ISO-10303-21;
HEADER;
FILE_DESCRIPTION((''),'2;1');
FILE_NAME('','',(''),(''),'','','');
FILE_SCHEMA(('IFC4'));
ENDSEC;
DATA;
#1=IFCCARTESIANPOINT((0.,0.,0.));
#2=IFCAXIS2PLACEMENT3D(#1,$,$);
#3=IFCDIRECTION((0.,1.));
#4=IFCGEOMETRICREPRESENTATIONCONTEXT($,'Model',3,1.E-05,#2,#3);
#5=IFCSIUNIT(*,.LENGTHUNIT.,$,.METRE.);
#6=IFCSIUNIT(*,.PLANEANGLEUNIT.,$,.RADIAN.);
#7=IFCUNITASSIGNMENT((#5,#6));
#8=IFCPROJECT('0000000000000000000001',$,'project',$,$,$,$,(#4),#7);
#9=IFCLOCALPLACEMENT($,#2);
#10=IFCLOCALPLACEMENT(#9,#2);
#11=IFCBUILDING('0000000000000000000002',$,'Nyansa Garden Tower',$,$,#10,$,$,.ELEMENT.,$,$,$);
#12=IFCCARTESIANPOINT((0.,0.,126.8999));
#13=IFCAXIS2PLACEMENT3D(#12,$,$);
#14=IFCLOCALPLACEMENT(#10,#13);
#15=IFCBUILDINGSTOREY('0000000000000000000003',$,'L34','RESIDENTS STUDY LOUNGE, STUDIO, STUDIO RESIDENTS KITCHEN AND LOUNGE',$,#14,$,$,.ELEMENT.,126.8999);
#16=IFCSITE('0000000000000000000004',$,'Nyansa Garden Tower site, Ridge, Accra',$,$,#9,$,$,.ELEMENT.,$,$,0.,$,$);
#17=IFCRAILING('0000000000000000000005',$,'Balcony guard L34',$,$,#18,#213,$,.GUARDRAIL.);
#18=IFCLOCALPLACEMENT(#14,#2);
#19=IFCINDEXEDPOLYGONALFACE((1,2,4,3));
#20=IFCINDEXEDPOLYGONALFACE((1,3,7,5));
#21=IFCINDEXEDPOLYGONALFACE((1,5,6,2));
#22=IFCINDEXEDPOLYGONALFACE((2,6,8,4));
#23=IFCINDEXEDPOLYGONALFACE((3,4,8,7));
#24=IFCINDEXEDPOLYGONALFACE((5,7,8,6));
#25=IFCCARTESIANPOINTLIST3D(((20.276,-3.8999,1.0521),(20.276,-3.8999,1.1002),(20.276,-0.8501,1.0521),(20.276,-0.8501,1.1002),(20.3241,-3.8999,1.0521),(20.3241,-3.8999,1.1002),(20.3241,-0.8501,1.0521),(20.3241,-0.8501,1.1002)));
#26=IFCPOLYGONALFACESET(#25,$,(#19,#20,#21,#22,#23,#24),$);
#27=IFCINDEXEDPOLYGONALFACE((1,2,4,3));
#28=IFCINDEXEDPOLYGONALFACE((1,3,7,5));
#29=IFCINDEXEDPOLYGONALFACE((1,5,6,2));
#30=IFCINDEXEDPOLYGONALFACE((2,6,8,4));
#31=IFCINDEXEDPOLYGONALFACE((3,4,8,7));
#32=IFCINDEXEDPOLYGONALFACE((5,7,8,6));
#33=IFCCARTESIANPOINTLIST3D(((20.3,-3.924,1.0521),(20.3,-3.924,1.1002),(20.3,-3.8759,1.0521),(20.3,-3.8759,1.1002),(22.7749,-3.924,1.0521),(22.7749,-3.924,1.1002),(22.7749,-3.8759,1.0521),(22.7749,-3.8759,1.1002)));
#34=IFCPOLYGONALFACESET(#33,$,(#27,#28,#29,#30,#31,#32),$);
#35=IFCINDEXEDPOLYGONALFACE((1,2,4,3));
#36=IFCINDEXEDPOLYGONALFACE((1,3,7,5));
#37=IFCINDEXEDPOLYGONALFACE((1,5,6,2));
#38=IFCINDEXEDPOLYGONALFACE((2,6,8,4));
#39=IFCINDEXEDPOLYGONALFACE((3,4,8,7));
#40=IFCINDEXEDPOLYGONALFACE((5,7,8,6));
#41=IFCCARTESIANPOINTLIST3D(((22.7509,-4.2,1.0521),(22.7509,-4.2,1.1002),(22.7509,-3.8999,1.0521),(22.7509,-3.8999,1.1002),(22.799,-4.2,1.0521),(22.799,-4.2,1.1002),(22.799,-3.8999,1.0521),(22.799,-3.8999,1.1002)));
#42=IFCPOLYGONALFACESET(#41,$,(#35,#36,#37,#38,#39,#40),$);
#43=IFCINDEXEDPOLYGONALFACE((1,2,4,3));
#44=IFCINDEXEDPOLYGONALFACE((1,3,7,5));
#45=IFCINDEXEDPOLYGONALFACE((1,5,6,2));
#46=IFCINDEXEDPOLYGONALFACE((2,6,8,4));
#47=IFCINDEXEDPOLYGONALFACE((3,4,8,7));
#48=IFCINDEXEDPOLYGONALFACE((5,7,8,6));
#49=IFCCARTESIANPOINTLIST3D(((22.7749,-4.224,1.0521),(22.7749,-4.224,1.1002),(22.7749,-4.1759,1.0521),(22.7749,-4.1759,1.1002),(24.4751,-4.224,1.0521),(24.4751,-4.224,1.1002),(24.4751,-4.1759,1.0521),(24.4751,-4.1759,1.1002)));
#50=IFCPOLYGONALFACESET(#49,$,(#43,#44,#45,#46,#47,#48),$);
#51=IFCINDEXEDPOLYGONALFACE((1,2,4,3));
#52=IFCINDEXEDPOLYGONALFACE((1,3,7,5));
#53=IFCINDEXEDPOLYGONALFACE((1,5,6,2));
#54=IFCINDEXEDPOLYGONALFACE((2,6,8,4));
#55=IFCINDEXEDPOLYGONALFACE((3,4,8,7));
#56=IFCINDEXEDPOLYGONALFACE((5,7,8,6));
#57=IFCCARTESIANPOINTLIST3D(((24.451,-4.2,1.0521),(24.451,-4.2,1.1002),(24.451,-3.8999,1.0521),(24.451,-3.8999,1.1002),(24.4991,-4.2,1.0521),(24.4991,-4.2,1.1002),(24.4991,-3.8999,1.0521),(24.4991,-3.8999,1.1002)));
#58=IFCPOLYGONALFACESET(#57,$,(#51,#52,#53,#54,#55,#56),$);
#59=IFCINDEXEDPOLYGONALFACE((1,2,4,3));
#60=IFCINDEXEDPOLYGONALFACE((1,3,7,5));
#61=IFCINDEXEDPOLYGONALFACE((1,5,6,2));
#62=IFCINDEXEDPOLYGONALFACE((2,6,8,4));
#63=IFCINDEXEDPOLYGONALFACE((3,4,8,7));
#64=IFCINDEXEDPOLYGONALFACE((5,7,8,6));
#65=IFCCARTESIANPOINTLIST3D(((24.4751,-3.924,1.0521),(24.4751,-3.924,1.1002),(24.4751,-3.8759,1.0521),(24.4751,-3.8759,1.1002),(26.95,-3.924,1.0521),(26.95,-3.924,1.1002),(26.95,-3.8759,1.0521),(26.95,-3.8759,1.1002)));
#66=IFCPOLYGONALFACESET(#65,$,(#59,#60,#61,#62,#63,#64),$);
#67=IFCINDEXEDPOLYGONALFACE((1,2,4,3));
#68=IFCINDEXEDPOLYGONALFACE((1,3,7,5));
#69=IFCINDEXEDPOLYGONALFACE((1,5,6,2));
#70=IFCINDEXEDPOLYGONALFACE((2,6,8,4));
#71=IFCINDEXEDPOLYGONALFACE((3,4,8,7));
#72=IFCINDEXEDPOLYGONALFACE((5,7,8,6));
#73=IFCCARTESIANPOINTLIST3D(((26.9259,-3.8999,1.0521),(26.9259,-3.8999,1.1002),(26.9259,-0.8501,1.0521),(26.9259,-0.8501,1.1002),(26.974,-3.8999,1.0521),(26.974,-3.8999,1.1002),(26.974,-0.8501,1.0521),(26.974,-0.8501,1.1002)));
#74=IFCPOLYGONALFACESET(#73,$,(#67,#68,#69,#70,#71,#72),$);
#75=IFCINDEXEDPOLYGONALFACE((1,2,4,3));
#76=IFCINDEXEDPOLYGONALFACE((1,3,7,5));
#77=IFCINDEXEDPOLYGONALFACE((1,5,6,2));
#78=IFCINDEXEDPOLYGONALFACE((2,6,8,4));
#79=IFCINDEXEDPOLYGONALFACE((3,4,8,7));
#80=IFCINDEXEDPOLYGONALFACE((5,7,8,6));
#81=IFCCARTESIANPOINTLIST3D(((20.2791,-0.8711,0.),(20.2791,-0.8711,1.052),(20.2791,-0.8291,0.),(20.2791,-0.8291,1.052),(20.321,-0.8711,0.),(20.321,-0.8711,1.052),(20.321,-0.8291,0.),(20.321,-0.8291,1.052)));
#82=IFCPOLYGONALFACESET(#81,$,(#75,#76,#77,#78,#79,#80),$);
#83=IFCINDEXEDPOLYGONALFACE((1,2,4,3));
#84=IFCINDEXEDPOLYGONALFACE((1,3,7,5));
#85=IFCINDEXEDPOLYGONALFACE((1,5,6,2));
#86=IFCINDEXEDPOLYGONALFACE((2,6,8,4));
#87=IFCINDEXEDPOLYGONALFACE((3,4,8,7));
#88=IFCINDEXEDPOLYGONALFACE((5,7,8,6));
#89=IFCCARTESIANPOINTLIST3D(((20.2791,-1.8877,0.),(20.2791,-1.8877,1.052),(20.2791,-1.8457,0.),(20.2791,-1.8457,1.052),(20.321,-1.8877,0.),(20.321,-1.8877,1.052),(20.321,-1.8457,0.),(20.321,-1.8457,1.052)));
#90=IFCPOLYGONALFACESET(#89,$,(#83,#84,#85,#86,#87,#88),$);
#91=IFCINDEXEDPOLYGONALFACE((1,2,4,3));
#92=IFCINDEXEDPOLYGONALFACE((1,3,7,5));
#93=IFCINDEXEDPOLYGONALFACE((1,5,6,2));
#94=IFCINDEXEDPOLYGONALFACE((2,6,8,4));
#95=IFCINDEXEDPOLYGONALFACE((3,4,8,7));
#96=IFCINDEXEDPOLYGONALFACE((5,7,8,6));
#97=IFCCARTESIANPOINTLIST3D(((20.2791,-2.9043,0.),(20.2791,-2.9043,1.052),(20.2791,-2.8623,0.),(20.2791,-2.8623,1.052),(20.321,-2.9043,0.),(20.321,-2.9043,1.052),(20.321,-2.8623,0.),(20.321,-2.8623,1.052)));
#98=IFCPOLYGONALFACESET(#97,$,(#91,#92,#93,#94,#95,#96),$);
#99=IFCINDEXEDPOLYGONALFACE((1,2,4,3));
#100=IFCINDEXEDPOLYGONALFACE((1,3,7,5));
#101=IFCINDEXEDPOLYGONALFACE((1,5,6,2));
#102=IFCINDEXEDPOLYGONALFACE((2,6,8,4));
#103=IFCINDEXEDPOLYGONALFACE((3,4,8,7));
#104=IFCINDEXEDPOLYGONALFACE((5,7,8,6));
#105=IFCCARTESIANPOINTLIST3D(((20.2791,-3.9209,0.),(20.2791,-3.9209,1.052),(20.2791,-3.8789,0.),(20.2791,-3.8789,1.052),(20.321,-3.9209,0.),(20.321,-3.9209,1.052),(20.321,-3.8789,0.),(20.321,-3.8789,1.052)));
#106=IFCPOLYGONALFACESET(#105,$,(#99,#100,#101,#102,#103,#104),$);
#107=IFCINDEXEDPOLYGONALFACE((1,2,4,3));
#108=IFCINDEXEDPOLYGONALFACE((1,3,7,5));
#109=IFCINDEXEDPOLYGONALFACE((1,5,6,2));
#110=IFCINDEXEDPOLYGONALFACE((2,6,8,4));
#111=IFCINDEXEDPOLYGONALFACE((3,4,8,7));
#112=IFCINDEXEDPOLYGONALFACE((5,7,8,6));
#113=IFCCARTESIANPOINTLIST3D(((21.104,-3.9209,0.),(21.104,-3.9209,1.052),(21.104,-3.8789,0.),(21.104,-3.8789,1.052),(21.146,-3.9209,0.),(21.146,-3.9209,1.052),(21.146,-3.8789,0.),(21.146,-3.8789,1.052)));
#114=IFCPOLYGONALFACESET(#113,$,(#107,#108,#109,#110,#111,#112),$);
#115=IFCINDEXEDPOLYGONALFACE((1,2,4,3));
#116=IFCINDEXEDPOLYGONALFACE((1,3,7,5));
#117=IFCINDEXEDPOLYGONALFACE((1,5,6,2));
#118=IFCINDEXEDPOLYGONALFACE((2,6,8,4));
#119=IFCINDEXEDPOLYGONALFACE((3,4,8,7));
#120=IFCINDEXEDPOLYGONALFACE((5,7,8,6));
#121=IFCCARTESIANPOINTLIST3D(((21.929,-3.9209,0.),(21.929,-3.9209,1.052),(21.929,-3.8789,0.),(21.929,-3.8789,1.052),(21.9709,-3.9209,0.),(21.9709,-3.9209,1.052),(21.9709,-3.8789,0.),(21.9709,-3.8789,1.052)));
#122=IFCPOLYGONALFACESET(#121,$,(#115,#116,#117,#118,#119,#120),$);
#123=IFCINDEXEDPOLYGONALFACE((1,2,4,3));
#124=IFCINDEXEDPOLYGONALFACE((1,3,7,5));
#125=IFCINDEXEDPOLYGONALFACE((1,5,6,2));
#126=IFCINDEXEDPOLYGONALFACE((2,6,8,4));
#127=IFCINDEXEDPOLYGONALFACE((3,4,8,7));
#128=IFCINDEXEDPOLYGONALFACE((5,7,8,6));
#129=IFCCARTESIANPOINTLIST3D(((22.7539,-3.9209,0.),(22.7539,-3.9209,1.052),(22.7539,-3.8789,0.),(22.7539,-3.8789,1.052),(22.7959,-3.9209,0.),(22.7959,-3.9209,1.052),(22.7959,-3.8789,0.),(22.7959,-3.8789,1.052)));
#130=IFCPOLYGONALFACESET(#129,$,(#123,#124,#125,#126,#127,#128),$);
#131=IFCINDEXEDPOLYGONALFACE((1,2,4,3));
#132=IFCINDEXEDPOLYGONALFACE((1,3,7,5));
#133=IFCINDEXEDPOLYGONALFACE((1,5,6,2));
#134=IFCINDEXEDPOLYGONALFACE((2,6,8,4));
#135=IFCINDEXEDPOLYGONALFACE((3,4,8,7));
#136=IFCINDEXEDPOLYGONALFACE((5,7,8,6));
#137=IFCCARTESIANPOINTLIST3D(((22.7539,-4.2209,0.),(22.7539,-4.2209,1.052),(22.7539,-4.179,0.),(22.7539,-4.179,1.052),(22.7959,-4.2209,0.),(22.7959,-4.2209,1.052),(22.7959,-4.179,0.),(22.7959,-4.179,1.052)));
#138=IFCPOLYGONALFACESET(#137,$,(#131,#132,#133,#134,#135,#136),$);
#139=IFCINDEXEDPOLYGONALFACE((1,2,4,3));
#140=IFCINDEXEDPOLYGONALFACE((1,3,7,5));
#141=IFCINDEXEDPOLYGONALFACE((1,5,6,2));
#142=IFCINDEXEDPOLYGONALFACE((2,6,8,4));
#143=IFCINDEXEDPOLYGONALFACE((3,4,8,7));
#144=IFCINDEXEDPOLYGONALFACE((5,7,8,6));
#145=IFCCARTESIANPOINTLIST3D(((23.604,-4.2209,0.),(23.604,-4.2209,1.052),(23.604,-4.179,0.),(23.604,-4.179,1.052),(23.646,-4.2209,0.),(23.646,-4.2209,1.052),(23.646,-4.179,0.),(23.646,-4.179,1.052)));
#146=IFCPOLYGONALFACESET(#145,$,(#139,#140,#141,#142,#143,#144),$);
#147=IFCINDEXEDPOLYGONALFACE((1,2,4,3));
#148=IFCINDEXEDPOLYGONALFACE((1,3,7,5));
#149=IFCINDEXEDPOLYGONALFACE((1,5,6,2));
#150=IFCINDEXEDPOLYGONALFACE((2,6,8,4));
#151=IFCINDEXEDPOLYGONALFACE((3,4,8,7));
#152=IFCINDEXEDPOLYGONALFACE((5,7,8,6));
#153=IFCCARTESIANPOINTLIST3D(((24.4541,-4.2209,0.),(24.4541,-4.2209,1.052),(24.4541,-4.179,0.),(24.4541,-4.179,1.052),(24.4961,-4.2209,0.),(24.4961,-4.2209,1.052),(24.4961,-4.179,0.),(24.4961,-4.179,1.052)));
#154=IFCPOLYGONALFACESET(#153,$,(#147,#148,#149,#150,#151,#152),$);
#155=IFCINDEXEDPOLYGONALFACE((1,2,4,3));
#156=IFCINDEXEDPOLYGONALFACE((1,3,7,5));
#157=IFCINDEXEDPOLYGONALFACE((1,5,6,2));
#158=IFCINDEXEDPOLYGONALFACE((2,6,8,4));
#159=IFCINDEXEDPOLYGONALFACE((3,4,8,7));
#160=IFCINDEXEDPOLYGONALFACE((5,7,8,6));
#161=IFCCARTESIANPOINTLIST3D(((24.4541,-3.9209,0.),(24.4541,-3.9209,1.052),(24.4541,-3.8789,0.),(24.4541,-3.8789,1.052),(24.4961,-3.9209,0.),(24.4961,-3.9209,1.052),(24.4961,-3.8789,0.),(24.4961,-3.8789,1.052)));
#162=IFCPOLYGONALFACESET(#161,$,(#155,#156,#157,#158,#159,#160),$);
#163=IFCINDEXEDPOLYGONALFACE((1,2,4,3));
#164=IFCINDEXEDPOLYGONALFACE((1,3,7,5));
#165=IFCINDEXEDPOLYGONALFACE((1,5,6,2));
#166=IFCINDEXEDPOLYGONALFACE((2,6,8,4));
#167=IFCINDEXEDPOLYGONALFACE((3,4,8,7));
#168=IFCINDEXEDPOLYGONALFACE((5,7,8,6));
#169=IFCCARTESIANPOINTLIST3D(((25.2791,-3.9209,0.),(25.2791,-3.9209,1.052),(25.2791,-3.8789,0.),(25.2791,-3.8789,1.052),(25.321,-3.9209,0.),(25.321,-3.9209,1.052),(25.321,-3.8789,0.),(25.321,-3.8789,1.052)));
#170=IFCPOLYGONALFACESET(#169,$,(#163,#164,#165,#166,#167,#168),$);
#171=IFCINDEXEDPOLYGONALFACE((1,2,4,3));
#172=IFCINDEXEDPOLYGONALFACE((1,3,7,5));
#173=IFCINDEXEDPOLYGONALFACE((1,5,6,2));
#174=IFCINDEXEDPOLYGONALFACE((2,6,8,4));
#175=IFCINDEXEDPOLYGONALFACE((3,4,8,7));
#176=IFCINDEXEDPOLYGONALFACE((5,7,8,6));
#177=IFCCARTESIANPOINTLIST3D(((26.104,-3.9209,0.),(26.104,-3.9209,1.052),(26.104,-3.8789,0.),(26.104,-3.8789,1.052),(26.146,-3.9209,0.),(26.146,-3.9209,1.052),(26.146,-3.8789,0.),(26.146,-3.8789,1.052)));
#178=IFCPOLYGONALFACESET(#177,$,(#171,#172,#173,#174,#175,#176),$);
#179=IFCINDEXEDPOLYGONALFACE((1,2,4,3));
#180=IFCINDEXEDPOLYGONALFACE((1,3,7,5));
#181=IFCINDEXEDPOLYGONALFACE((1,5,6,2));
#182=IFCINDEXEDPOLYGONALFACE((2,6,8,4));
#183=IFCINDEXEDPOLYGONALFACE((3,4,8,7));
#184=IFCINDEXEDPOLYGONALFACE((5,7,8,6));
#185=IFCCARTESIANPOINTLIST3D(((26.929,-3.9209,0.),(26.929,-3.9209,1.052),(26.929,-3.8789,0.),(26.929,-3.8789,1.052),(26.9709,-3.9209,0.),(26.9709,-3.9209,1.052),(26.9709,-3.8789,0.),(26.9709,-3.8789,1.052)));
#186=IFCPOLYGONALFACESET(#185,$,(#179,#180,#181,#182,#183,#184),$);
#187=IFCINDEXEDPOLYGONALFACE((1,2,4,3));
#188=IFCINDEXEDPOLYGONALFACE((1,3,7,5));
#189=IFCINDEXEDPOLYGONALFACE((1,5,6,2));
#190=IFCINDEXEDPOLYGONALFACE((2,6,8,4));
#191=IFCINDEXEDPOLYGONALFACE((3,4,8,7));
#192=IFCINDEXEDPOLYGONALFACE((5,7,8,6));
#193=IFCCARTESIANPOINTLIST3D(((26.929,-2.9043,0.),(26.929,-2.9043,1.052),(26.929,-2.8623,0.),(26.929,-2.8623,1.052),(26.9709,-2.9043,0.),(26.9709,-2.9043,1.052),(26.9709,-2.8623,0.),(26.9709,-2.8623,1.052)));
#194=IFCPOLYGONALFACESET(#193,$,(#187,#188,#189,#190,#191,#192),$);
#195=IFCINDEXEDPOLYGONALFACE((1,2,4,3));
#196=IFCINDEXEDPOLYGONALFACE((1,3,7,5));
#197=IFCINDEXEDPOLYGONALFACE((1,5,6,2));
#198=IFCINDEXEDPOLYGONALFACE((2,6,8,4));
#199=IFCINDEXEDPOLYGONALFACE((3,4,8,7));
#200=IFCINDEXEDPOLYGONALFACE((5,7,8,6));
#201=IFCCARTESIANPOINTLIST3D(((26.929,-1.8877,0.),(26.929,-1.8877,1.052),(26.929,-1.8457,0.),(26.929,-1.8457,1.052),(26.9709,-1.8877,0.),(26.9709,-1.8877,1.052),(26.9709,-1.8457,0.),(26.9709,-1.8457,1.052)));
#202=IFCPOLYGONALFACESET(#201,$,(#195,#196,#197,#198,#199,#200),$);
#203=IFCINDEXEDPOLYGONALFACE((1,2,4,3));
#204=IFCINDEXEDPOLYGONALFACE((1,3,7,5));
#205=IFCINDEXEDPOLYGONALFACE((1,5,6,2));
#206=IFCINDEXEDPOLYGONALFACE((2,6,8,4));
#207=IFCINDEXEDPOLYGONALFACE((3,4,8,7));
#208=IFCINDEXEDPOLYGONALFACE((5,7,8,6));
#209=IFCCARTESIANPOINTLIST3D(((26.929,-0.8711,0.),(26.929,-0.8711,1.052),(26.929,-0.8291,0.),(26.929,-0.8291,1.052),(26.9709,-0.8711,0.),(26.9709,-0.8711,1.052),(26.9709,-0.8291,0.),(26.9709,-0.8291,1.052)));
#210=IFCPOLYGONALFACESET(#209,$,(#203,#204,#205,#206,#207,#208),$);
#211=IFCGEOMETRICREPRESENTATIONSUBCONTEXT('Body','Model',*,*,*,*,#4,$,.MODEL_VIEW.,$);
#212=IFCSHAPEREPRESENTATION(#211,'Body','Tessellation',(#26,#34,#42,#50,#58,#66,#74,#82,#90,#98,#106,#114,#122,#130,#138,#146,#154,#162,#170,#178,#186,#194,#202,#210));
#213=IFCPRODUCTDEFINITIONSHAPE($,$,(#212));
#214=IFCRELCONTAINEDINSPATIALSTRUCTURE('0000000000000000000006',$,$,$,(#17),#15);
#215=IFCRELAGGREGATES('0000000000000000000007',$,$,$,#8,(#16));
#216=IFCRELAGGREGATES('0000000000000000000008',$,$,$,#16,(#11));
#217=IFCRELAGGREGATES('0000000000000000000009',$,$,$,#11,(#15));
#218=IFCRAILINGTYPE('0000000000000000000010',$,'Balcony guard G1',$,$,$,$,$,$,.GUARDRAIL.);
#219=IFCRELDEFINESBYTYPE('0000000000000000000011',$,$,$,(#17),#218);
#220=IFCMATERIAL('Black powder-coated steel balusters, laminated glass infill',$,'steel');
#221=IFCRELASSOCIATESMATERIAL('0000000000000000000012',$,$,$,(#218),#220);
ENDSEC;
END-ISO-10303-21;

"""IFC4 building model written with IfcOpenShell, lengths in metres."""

from ifc_helpers import new_model, si_unit, direction, frame, origin, origin_2d, place, context, subcontext, project, spatial, rectangle, extrude, material, type_object, element, save


model = new_model("IFC4")

# Units and contexts
model_context = context("Model", 3, precision=1e-05, world=origin(), true_north=direction((0.0, 1.0)))
body_context = subcontext(model_context, "Body", "Model", "MODEL_VIEW")
ifc_project = project(units=[si_unit("LENGTHUNIT", "METRE"), si_unit("PLANEANGLEUNIT", "RADIAN")], contexts=[model_context])

# Site, building, storey
site_placement = place(None, origin())
site = spatial("IfcSite", under=ifc_project, at=site_placement, Name="Nyansa Garden Tower site, Ridge, Accra", CompositionType="ELEMENT", RefElevation=0.0)
building_placement = place(site_placement, origin())
building = spatial("IfcBuilding", under=site, at=building_placement, Name="Nyansa Garden Tower", CompositionType="ELEMENT")
storey_placement = place(building_placement, frame((0.0, 0.0, 126.8999)))
storey = spatial("IfcBuildingStorey", under=building, at=storey_placement, Name="L34", Description="RESIDENTS STUDY LOUNGE, STUDIO, STUDIO RESIDENTS KITCHEN AND LOUNGE", CompositionType="ELEMENT", Elevation=126.8999)

# Railing
ifc_material_1 = material(Name="Black powder-coated steel balusters, laminated glass infill", Category="steel")
railing_type = type_object("IfcRailingType", Name="Balcony guard G1", PredefinedType="GUARDRAIL", material=ifc_material_1)
railing_placement = place(storey_placement, frame((20.3, -0.8501, 0.0)))
element("IfcRailing", 1, at=railing_placement, inside=storey, type_object=railing_type, Name="Balcony guard L34", PredefinedType="GUARDRAIL", context=body_context, shape_type="SweptSolid", body=[
    extrude(rectangle(XDim=0.0481, YDim=0.0481, at=origin_2d()), frame((0.0, 0.0, 1.0762), z_axis=(0.0, -1.0, 0.0), x_axis=(1.0, 0.0, 0.0)), (0.0, 0.0, 1.0), 3.0498),
    extrude(rectangle(XDim=0.0481, YDim=0.0481, at=origin_2d()), frame((0.0, -3.0498, 1.0762), z_axis=(1.0, 0.0, 0.0), x_axis=(0.0, 1.0, 0.0)), (0.0, 0.0, 1.0), 2.4749),
    extrude(rectangle(XDim=0.0481, YDim=0.0481, at=origin_2d()), frame((2.4749, -3.0498, 1.0762), z_axis=(0.0, -1.0, 0.0), x_axis=(1.0, 0.0, 0.0)), (0.0, 0.0, 1.0), 0.3),
    extrude(rectangle(XDim=0.0481, YDim=0.0481, at=origin_2d()), frame((2.4749, -3.3499, 1.0762), z_axis=(1.0, 0.0, 0.0), x_axis=(0.0, 1.0, 0.0)), (0.0, 0.0, 1.0), 1.7002),
    extrude(rectangle(XDim=0.0481, YDim=0.0481, at=origin_2d()), frame((4.175, -3.3499, 1.0762), z_axis=(0.0, 1.0, 0.0), x_axis=(-1.0, 0.0, 0.0)), (0.0, 0.0, 1.0), 0.3),
    extrude(rectangle(XDim=0.0481, YDim=0.0481, at=origin_2d()), frame((4.175, -3.0498, 1.0762), z_axis=(1.0, 0.0, 0.0), x_axis=(0.0, 1.0, 0.0)), (0.0, 0.0, 1.0), 2.4749),
    extrude(rectangle(XDim=0.0481, YDim=0.0481, at=origin_2d()), frame((6.6499, -3.0498, 1.0762), z_axis=(0.0, 1.0, 0.0), x_axis=(-1.0, 0.0, 0.0)), (0.0, 0.0, 1.0), 3.0498),
    extrude(rectangle(XDim=0.042, YDim=0.042, at=origin_2d()), origin(), (0.0, 0.0, 1.0), 1.052),
    extrude(rectangle(XDim=0.042, YDim=0.042, at=origin_2d()), frame((0.0, -1.0166, 0.0)), (0.0, 0.0, 1.0), 1.052),
    extrude(rectangle(XDim=0.042, YDim=0.042, at=origin_2d()), frame((0.0, -2.0332, 0.0)), (0.0, 0.0, 1.0), 1.052),
    extrude(rectangle(XDim=0.042, YDim=0.042, at=origin_2d()), frame((0.0, -3.0498, 0.0)), (0.0, 0.0, 1.0), 1.052),
    extrude(rectangle(XDim=0.042, YDim=0.042, at=origin_2d()), frame((0.825, -3.0498, 0.0)), (0.0, 0.0, 1.0), 1.052),
    extrude(rectangle(XDim=0.042, YDim=0.042, at=origin_2d()), frame((1.6499, -3.0498, 0.0)), (0.0, 0.0, 1.0), 1.052),
    extrude(rectangle(XDim=0.042, YDim=0.042, at=origin_2d()), frame((2.4749, -3.0498, 0.0)), (0.0, 0.0, 1.0), 1.052),
    extrude(rectangle(XDim=0.042, YDim=0.042, at=origin_2d()), frame((2.4749, -3.3499, 0.0)), (0.0, 0.0, 1.0), 1.052),
    extrude(rectangle(XDim=0.042, YDim=0.042, at=origin_2d()), frame((3.325, -3.3499, 0.0)), (0.0, 0.0, 1.0), 1.052),
    extrude(rectangle(XDim=0.042, YDim=0.042, at=origin_2d()), frame((4.175, -3.3499, 0.0)), (0.0, 0.0, 1.0), 1.052),
    extrude(rectangle(XDim=0.042, YDim=0.042, at=origin_2d()), frame((4.175, -3.0498, 0.0)), (0.0, 0.0, 1.0), 1.052),
    extrude(rectangle(XDim=0.042, YDim=0.042, at=origin_2d()), frame((5.0, -3.0498, 0.0)), (0.0, 0.0, 1.0), 1.052),
    extrude(rectangle(XDim=0.042, YDim=0.042, at=origin_2d()), frame((5.825, -3.0498, 0.0)), (0.0, 0.0, 1.0), 1.052),
    extrude(rectangle(XDim=0.042, YDim=0.042, at=origin_2d()), frame((6.6499, -3.0498, 0.0)), (0.0, 0.0, 1.0), 1.052),
    extrude(rectangle(XDim=0.042, YDim=0.042, at=origin_2d()), frame((6.6499, -2.0332, 0.0)), (0.0, 0.0, 1.0), 1.052),
    extrude(rectangle(XDim=0.042, YDim=0.042, at=origin_2d()), frame((6.6499, -1.0166, 0.0)), (0.0, 0.0, 1.0), 1.052),
    extrude(rectangle(XDim=0.042, YDim=0.042, at=origin_2d()), frame((6.6499, 0.0, 0.0)), (0.0, 0.0, 1.0), 1.052),
])

save(model, "model.ifc")
